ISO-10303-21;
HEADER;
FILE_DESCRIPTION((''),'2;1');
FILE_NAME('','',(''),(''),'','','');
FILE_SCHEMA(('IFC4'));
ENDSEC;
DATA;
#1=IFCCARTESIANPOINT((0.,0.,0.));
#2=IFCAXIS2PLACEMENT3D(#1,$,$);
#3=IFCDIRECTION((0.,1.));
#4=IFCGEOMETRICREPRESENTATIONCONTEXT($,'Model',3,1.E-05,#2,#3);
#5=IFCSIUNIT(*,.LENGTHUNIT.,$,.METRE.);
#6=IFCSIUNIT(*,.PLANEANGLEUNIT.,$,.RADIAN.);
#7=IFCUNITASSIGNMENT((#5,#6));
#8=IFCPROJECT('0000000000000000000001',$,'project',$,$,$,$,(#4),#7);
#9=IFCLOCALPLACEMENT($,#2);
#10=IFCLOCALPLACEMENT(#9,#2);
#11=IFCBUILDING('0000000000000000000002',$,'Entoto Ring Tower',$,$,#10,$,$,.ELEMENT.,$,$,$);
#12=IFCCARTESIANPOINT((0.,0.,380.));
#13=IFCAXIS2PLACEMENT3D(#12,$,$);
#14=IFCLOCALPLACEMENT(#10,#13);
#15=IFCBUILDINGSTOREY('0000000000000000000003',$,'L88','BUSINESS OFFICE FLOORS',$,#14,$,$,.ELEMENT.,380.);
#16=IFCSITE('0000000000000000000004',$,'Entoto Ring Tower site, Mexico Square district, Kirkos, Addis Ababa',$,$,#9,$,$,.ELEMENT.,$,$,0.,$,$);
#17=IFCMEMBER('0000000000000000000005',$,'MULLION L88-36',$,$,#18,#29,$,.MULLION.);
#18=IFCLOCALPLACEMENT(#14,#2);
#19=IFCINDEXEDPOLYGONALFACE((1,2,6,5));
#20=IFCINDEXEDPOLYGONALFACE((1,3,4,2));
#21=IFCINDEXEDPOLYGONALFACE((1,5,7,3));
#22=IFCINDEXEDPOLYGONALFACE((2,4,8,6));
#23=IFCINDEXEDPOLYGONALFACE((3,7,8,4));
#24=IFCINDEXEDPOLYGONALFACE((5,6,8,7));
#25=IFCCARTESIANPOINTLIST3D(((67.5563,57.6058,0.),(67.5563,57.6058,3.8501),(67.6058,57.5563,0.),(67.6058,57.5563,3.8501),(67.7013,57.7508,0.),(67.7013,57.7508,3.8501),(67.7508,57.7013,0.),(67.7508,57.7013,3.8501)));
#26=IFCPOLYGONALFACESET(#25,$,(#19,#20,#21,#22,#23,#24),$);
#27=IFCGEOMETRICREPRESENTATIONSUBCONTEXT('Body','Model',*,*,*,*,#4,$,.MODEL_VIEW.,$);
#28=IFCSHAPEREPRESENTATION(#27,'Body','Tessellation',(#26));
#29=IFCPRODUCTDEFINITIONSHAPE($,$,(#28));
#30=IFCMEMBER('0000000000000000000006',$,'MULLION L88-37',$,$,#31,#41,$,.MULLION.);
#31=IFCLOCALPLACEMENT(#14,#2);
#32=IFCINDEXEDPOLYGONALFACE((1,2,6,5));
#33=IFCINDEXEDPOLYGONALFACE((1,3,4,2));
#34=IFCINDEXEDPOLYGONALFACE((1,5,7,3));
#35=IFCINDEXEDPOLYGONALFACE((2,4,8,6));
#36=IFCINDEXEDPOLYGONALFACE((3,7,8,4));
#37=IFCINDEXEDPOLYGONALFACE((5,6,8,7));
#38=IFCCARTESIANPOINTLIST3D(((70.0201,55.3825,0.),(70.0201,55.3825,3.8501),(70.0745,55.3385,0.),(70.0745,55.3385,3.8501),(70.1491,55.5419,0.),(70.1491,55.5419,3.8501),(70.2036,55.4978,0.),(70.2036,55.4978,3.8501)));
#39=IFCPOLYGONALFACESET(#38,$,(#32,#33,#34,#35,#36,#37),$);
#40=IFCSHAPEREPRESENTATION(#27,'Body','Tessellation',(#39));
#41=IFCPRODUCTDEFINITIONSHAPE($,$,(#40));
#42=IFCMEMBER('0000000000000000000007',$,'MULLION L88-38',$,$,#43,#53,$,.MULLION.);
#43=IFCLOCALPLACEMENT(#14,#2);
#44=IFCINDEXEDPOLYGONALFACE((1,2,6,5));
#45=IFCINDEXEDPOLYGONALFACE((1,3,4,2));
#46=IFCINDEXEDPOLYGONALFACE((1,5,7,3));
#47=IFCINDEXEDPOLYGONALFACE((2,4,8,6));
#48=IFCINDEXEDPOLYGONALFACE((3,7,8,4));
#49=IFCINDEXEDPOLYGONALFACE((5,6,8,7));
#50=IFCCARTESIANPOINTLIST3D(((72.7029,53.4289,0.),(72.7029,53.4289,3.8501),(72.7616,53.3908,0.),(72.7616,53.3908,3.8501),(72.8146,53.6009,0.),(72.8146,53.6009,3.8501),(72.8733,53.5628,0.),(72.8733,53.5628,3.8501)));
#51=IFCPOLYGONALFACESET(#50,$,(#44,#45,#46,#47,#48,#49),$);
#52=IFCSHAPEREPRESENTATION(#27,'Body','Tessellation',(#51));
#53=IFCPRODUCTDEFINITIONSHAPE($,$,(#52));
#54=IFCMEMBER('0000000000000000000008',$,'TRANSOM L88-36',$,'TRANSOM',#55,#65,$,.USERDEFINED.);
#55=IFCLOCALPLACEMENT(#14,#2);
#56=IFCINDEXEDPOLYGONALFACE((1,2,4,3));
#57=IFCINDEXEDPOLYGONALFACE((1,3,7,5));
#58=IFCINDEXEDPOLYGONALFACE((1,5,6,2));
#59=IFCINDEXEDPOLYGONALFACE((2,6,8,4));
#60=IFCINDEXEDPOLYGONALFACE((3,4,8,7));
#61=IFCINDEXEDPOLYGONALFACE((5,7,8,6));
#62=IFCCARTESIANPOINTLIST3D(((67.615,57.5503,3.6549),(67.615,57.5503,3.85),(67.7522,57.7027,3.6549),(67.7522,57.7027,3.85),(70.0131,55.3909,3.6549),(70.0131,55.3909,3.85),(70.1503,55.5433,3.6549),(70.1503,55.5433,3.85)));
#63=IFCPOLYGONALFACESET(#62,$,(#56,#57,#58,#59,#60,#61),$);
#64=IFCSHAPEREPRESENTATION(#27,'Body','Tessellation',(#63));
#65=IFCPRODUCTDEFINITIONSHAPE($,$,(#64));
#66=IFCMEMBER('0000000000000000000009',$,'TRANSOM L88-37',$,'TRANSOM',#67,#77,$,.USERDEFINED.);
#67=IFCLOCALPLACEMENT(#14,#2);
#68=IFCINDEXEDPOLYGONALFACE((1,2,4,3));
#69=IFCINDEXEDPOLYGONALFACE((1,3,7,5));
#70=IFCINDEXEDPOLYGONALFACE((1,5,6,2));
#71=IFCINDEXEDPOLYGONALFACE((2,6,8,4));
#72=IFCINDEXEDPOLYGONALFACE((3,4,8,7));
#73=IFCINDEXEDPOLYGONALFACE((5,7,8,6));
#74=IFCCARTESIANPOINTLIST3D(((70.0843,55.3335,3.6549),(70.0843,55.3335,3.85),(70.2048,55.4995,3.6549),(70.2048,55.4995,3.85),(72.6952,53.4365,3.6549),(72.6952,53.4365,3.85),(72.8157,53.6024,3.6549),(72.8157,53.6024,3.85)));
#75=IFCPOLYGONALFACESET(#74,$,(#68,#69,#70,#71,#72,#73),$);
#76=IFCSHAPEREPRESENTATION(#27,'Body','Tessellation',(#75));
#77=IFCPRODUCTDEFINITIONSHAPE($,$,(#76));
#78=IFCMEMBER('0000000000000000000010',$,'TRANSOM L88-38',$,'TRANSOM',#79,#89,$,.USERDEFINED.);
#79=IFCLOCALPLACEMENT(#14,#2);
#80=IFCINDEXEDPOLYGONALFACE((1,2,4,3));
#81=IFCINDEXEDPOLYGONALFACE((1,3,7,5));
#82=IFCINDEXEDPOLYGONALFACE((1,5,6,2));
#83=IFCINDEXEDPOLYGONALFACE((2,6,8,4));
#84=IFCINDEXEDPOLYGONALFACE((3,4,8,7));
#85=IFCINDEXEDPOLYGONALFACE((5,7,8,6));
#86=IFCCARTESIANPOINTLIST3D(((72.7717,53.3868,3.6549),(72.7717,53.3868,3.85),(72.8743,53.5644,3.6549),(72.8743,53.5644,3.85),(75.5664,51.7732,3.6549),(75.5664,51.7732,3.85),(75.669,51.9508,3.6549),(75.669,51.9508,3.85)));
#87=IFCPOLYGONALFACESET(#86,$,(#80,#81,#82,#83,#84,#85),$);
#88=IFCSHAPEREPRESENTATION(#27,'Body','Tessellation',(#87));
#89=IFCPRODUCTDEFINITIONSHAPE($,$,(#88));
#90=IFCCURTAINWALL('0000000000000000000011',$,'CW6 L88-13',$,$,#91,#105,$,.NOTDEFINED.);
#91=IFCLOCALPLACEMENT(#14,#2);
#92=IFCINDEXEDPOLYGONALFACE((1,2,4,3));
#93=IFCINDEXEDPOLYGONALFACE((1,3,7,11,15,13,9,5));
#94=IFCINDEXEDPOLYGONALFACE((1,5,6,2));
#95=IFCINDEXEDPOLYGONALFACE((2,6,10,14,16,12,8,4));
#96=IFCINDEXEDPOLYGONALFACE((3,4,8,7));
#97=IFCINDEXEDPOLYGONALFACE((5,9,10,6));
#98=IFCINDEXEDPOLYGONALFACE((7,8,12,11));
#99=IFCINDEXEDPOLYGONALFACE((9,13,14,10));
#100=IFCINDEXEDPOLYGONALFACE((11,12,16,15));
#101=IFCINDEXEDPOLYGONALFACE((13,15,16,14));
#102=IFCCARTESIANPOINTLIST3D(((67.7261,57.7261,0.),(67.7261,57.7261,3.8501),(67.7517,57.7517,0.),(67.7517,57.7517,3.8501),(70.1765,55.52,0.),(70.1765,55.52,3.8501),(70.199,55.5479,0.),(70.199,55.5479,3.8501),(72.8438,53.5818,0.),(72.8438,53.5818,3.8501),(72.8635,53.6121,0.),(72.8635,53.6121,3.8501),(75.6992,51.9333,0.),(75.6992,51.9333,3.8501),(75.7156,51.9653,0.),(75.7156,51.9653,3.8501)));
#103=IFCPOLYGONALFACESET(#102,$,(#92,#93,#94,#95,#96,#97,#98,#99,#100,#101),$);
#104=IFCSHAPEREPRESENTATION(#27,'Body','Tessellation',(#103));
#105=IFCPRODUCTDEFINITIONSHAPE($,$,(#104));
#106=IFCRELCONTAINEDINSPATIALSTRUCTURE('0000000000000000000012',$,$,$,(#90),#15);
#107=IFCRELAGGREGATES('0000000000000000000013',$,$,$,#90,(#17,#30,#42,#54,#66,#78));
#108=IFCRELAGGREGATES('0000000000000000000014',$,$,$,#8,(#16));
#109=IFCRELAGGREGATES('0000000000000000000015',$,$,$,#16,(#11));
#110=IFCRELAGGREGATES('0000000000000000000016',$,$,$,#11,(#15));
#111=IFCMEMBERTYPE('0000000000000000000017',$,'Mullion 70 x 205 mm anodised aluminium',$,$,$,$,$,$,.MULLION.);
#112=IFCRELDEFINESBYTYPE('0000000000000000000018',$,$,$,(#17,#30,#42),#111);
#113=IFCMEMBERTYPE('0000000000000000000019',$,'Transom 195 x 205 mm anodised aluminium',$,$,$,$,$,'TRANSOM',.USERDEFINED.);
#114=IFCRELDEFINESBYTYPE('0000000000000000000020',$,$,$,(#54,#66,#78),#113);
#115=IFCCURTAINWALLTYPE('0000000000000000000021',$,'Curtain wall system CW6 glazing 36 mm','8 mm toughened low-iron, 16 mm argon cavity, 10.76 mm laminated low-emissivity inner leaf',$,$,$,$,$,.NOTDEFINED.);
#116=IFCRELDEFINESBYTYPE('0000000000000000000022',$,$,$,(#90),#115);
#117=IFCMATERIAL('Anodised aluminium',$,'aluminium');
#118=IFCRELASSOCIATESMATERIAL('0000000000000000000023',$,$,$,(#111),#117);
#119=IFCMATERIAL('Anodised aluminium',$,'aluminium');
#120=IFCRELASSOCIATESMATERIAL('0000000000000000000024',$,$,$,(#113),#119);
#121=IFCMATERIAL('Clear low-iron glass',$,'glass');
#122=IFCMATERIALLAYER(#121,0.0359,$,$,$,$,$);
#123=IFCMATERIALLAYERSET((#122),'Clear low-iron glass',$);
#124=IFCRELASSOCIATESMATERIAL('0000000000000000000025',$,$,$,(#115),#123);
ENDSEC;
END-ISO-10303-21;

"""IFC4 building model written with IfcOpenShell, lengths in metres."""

from ifc_helpers import new_model, si_unit, direction, frame, origin, origin_2d, place, context, subcontext, project, spatial, polyline, rectangle, outline, extrude, material, layer, layer_set, material_profile, profile_set, type_object, element, aggregate, save


model = new_model("IFC4")

# Units and contexts
model_context = context("Model", 3, precision=1e-05, world=origin(), true_north=direction((0.0, 1.0)))
body_context = subcontext(model_context, "Body", "Model", "MODEL_VIEW")
ifc_project = project(units=[si_unit("LENGTHUNIT", "METRE"), si_unit("PLANEANGLEUNIT", "RADIAN")], contexts=[model_context])

# Members
ifc_material_1 = material(Name="Anodised aluminium", Category="aluminium")
ifc_material_profile_1 = material_profile(ifc_material_1, rectangle(XDim=0.0701, YDim=0.2051, at=origin_2d()), Name="Mullion 70 x 205 mm anodised aluminium")
ifc_profile_set_1 = profile_set([ifc_material_profile_1], Name="Anodised aluminium")
member_type_1 = type_object("IfcMemberType", Name="Mullion 70 x 205 mm anodised aluminium", PredefinedType="MULLION", material=ifc_profile_set_1)
site_placement = place(None, origin())
building_placement = place(site_placement, origin())
storey_placement = place(building_placement, frame((0.0, 0.0, 380.0)))
member_1_placement = place(storey_placement, frame((67.6536, 57.6536, 0.0), z_axis=(0.0, 0.0, 1.0), x_axis=(0.707107, -0.707107, 0.0)))
member_1 = element("IfcMember", 1, at=member_1_placement, type_object=member_type_1, Name="MULLION L88-36", PredefinedType="MULLION", context=body_context, shape_type="SweptSolid", body=[
    extrude(rectangle(XDim=0.0701, YDim=0.2051, at=origin_2d()), origin(), (0.0, 0.0, 1.0), 3.8501),
])
member_2_placement = place(storey_placement, frame((70.1118, 55.4402, 0.0), z_axis=(0.0, 0.0, 1.0), x_axis=(0.777146, -0.62932, 0.0)))
member_2 = element("IfcMember", 2, at=member_2_placement, type_object=member_type_1, Name="MULLION L88-37", PredefinedType="MULLION", context=body_context, shape_type="SweptSolid", body=[
    extrude(rectangle(XDim=0.0701, YDim=0.2051, at=origin_2d()), origin(), (0.0, 0.0, 1.0), 3.8501),
])
member_3_placement = place(storey_placement, frame((72.7881, 53.4958, 0.0), z_axis=(0.0, 0.0, 1.0), x_axis=(0.838671, -0.544639, 0.0)))
member_3 = element("IfcMember", 3, at=member_3_placement, type_object=member_type_1, Name="MULLION L88-38", PredefinedType="MULLION", context=body_context, shape_type="SweptSolid", body=[
    extrude(rectangle(XDim=0.0701, YDim=0.2051, at=origin_2d()), origin(), (0.0, 0.0, 1.0), 3.8501),
])
ifc_material_2 = material(Name="Anodised aluminium", Category="aluminium")
ifc_material_profile_2 = material_profile(ifc_material_2, rectangle(XDim=0.2051, YDim=0.1951, at=origin_2d()), Name="Transom 195 x 205 mm anodised aluminium")
ifc_profile_set_2 = profile_set([ifc_material_profile_2], Name="Anodised aluminium")
member_type_2 = type_object("IfcMemberType", Name="Transom 195 x 205 mm anodised aluminium", ElementType="TRANSOM", PredefinedType="USERDEFINED", material=ifc_profile_set_2)
member_4_placement = place(storey_placement, frame((67.6836, 57.6265, 3.7524), z_axis=(0.743132, -0.669144, 0.0), x_axis=(0.669144, 0.743132, 0.0)))
member_4 = element("IfcMember", 4, at=member_4_placement, type_object=member_type_2, Name="TRANSOM L88-36", ObjectType="TRANSOM", PredefinedType="USERDEFINED", context=body_context, shape_type="SweptSolid", body=[
    extrude(rectangle(XDim=0.2051, YDim=0.1951, at=origin_2d()), origin(), (0.0, 0.0, 1.0), 3.2271),
])
member_5_placement = place(storey_placement, frame((70.1445, 55.4165, 3.7524), z_axis=(0.809004, -0.587803, 0.0), x_axis=(0.587803, 0.809004, 0.0)))
member_5 = element("IfcMember", 5, at=member_5_placement, type_object=member_type_2, Name="TRANSOM L88-37", ObjectType="TRANSOM", PredefinedType="USERDEFINED", context=body_context, shape_type="SweptSolid", body=[
    extrude(rectangle(XDim=0.2051, YDim=0.1951, at=origin_2d()), origin(), (0.0, 0.0, 1.0), 3.2273),
])
member_6_placement = place(storey_placement, frame((72.823, 53.4756, 3.7524), z_axis=(0.866023, -0.500004, 0.0), x_axis=(0.500004, 0.866023, 0.0)))
member_6 = element("IfcMember", 6, at=member_6_placement, type_object=member_type_2, Name="TRANSOM L88-38", ObjectType="TRANSOM", PredefinedType="USERDEFINED", context=body_context, shape_type="SweptSolid", body=[
    extrude(rectangle(XDim=0.2051, YDim=0.1951, at=origin_2d()), origin(), (0.0, 0.0, 1.0), 3.2271),
])

# Site, building, storey
site = spatial("IfcSite", under=ifc_project, at=site_placement, Name="Entoto Ring Tower site, Mexico Square district, Kirkos, Addis Ababa", CompositionType="ELEMENT", RefElevation=0.0)
building = spatial("IfcBuilding", under=site, at=building_placement, Name="Entoto Ring Tower", CompositionType="ELEMENT")
storey = spatial("IfcBuildingStorey", under=building, at=storey_placement, Name="L88", Description="BUSINESS OFFICE FLOORS", CompositionType="ELEMENT", Elevation=380.0)

# Curtain wall
ifc_material_3 = material(Name="Clear low-iron glass", Category="glass")
ifc_layer = layer(ifc_material_3, 0.0359)
ifc_layer_set = layer_set([ifc_layer], Name="Clear low-iron glass")
curtain_wall_type = type_object("IfcCurtainWallType", Name="Curtain wall system CW6 glazing 36 mm", Description="8 mm toughened low-iron, 16 mm argon cavity, 10.76 mm laminated low-emissivity inner leaf", PredefinedType="NOTDEFINED", material=ifc_layer_set)
curtain_wall_1_placement = place(storey_placement, origin())
curtain_wall_1 = element("IfcCurtainWall", 7, at=curtain_wall_1_placement, inside=storey, type_object=curtain_wall_type, Name="CW6 L88-13", PredefinedType="NOTDEFINED", context=body_context, shape_type="SweptSolid", body=[
    extrude(outline(polyline([(67.7261, 57.7261), (70.1765, 55.52), (72.8438, 53.5818), (75.6992, 51.9333), (75.7156, 51.9653), (72.8635, 53.6121), (70.199, 55.5479), (67.7517, 57.7517), (67.7261, 57.7261)])), origin(), (0.0, 0.0, 1.0), 3.8501),
])
aggregate(curtain_wall_1, [member_1, member_2, member_3, member_4, member_5, member_6])

save(model, "model.ifc")
